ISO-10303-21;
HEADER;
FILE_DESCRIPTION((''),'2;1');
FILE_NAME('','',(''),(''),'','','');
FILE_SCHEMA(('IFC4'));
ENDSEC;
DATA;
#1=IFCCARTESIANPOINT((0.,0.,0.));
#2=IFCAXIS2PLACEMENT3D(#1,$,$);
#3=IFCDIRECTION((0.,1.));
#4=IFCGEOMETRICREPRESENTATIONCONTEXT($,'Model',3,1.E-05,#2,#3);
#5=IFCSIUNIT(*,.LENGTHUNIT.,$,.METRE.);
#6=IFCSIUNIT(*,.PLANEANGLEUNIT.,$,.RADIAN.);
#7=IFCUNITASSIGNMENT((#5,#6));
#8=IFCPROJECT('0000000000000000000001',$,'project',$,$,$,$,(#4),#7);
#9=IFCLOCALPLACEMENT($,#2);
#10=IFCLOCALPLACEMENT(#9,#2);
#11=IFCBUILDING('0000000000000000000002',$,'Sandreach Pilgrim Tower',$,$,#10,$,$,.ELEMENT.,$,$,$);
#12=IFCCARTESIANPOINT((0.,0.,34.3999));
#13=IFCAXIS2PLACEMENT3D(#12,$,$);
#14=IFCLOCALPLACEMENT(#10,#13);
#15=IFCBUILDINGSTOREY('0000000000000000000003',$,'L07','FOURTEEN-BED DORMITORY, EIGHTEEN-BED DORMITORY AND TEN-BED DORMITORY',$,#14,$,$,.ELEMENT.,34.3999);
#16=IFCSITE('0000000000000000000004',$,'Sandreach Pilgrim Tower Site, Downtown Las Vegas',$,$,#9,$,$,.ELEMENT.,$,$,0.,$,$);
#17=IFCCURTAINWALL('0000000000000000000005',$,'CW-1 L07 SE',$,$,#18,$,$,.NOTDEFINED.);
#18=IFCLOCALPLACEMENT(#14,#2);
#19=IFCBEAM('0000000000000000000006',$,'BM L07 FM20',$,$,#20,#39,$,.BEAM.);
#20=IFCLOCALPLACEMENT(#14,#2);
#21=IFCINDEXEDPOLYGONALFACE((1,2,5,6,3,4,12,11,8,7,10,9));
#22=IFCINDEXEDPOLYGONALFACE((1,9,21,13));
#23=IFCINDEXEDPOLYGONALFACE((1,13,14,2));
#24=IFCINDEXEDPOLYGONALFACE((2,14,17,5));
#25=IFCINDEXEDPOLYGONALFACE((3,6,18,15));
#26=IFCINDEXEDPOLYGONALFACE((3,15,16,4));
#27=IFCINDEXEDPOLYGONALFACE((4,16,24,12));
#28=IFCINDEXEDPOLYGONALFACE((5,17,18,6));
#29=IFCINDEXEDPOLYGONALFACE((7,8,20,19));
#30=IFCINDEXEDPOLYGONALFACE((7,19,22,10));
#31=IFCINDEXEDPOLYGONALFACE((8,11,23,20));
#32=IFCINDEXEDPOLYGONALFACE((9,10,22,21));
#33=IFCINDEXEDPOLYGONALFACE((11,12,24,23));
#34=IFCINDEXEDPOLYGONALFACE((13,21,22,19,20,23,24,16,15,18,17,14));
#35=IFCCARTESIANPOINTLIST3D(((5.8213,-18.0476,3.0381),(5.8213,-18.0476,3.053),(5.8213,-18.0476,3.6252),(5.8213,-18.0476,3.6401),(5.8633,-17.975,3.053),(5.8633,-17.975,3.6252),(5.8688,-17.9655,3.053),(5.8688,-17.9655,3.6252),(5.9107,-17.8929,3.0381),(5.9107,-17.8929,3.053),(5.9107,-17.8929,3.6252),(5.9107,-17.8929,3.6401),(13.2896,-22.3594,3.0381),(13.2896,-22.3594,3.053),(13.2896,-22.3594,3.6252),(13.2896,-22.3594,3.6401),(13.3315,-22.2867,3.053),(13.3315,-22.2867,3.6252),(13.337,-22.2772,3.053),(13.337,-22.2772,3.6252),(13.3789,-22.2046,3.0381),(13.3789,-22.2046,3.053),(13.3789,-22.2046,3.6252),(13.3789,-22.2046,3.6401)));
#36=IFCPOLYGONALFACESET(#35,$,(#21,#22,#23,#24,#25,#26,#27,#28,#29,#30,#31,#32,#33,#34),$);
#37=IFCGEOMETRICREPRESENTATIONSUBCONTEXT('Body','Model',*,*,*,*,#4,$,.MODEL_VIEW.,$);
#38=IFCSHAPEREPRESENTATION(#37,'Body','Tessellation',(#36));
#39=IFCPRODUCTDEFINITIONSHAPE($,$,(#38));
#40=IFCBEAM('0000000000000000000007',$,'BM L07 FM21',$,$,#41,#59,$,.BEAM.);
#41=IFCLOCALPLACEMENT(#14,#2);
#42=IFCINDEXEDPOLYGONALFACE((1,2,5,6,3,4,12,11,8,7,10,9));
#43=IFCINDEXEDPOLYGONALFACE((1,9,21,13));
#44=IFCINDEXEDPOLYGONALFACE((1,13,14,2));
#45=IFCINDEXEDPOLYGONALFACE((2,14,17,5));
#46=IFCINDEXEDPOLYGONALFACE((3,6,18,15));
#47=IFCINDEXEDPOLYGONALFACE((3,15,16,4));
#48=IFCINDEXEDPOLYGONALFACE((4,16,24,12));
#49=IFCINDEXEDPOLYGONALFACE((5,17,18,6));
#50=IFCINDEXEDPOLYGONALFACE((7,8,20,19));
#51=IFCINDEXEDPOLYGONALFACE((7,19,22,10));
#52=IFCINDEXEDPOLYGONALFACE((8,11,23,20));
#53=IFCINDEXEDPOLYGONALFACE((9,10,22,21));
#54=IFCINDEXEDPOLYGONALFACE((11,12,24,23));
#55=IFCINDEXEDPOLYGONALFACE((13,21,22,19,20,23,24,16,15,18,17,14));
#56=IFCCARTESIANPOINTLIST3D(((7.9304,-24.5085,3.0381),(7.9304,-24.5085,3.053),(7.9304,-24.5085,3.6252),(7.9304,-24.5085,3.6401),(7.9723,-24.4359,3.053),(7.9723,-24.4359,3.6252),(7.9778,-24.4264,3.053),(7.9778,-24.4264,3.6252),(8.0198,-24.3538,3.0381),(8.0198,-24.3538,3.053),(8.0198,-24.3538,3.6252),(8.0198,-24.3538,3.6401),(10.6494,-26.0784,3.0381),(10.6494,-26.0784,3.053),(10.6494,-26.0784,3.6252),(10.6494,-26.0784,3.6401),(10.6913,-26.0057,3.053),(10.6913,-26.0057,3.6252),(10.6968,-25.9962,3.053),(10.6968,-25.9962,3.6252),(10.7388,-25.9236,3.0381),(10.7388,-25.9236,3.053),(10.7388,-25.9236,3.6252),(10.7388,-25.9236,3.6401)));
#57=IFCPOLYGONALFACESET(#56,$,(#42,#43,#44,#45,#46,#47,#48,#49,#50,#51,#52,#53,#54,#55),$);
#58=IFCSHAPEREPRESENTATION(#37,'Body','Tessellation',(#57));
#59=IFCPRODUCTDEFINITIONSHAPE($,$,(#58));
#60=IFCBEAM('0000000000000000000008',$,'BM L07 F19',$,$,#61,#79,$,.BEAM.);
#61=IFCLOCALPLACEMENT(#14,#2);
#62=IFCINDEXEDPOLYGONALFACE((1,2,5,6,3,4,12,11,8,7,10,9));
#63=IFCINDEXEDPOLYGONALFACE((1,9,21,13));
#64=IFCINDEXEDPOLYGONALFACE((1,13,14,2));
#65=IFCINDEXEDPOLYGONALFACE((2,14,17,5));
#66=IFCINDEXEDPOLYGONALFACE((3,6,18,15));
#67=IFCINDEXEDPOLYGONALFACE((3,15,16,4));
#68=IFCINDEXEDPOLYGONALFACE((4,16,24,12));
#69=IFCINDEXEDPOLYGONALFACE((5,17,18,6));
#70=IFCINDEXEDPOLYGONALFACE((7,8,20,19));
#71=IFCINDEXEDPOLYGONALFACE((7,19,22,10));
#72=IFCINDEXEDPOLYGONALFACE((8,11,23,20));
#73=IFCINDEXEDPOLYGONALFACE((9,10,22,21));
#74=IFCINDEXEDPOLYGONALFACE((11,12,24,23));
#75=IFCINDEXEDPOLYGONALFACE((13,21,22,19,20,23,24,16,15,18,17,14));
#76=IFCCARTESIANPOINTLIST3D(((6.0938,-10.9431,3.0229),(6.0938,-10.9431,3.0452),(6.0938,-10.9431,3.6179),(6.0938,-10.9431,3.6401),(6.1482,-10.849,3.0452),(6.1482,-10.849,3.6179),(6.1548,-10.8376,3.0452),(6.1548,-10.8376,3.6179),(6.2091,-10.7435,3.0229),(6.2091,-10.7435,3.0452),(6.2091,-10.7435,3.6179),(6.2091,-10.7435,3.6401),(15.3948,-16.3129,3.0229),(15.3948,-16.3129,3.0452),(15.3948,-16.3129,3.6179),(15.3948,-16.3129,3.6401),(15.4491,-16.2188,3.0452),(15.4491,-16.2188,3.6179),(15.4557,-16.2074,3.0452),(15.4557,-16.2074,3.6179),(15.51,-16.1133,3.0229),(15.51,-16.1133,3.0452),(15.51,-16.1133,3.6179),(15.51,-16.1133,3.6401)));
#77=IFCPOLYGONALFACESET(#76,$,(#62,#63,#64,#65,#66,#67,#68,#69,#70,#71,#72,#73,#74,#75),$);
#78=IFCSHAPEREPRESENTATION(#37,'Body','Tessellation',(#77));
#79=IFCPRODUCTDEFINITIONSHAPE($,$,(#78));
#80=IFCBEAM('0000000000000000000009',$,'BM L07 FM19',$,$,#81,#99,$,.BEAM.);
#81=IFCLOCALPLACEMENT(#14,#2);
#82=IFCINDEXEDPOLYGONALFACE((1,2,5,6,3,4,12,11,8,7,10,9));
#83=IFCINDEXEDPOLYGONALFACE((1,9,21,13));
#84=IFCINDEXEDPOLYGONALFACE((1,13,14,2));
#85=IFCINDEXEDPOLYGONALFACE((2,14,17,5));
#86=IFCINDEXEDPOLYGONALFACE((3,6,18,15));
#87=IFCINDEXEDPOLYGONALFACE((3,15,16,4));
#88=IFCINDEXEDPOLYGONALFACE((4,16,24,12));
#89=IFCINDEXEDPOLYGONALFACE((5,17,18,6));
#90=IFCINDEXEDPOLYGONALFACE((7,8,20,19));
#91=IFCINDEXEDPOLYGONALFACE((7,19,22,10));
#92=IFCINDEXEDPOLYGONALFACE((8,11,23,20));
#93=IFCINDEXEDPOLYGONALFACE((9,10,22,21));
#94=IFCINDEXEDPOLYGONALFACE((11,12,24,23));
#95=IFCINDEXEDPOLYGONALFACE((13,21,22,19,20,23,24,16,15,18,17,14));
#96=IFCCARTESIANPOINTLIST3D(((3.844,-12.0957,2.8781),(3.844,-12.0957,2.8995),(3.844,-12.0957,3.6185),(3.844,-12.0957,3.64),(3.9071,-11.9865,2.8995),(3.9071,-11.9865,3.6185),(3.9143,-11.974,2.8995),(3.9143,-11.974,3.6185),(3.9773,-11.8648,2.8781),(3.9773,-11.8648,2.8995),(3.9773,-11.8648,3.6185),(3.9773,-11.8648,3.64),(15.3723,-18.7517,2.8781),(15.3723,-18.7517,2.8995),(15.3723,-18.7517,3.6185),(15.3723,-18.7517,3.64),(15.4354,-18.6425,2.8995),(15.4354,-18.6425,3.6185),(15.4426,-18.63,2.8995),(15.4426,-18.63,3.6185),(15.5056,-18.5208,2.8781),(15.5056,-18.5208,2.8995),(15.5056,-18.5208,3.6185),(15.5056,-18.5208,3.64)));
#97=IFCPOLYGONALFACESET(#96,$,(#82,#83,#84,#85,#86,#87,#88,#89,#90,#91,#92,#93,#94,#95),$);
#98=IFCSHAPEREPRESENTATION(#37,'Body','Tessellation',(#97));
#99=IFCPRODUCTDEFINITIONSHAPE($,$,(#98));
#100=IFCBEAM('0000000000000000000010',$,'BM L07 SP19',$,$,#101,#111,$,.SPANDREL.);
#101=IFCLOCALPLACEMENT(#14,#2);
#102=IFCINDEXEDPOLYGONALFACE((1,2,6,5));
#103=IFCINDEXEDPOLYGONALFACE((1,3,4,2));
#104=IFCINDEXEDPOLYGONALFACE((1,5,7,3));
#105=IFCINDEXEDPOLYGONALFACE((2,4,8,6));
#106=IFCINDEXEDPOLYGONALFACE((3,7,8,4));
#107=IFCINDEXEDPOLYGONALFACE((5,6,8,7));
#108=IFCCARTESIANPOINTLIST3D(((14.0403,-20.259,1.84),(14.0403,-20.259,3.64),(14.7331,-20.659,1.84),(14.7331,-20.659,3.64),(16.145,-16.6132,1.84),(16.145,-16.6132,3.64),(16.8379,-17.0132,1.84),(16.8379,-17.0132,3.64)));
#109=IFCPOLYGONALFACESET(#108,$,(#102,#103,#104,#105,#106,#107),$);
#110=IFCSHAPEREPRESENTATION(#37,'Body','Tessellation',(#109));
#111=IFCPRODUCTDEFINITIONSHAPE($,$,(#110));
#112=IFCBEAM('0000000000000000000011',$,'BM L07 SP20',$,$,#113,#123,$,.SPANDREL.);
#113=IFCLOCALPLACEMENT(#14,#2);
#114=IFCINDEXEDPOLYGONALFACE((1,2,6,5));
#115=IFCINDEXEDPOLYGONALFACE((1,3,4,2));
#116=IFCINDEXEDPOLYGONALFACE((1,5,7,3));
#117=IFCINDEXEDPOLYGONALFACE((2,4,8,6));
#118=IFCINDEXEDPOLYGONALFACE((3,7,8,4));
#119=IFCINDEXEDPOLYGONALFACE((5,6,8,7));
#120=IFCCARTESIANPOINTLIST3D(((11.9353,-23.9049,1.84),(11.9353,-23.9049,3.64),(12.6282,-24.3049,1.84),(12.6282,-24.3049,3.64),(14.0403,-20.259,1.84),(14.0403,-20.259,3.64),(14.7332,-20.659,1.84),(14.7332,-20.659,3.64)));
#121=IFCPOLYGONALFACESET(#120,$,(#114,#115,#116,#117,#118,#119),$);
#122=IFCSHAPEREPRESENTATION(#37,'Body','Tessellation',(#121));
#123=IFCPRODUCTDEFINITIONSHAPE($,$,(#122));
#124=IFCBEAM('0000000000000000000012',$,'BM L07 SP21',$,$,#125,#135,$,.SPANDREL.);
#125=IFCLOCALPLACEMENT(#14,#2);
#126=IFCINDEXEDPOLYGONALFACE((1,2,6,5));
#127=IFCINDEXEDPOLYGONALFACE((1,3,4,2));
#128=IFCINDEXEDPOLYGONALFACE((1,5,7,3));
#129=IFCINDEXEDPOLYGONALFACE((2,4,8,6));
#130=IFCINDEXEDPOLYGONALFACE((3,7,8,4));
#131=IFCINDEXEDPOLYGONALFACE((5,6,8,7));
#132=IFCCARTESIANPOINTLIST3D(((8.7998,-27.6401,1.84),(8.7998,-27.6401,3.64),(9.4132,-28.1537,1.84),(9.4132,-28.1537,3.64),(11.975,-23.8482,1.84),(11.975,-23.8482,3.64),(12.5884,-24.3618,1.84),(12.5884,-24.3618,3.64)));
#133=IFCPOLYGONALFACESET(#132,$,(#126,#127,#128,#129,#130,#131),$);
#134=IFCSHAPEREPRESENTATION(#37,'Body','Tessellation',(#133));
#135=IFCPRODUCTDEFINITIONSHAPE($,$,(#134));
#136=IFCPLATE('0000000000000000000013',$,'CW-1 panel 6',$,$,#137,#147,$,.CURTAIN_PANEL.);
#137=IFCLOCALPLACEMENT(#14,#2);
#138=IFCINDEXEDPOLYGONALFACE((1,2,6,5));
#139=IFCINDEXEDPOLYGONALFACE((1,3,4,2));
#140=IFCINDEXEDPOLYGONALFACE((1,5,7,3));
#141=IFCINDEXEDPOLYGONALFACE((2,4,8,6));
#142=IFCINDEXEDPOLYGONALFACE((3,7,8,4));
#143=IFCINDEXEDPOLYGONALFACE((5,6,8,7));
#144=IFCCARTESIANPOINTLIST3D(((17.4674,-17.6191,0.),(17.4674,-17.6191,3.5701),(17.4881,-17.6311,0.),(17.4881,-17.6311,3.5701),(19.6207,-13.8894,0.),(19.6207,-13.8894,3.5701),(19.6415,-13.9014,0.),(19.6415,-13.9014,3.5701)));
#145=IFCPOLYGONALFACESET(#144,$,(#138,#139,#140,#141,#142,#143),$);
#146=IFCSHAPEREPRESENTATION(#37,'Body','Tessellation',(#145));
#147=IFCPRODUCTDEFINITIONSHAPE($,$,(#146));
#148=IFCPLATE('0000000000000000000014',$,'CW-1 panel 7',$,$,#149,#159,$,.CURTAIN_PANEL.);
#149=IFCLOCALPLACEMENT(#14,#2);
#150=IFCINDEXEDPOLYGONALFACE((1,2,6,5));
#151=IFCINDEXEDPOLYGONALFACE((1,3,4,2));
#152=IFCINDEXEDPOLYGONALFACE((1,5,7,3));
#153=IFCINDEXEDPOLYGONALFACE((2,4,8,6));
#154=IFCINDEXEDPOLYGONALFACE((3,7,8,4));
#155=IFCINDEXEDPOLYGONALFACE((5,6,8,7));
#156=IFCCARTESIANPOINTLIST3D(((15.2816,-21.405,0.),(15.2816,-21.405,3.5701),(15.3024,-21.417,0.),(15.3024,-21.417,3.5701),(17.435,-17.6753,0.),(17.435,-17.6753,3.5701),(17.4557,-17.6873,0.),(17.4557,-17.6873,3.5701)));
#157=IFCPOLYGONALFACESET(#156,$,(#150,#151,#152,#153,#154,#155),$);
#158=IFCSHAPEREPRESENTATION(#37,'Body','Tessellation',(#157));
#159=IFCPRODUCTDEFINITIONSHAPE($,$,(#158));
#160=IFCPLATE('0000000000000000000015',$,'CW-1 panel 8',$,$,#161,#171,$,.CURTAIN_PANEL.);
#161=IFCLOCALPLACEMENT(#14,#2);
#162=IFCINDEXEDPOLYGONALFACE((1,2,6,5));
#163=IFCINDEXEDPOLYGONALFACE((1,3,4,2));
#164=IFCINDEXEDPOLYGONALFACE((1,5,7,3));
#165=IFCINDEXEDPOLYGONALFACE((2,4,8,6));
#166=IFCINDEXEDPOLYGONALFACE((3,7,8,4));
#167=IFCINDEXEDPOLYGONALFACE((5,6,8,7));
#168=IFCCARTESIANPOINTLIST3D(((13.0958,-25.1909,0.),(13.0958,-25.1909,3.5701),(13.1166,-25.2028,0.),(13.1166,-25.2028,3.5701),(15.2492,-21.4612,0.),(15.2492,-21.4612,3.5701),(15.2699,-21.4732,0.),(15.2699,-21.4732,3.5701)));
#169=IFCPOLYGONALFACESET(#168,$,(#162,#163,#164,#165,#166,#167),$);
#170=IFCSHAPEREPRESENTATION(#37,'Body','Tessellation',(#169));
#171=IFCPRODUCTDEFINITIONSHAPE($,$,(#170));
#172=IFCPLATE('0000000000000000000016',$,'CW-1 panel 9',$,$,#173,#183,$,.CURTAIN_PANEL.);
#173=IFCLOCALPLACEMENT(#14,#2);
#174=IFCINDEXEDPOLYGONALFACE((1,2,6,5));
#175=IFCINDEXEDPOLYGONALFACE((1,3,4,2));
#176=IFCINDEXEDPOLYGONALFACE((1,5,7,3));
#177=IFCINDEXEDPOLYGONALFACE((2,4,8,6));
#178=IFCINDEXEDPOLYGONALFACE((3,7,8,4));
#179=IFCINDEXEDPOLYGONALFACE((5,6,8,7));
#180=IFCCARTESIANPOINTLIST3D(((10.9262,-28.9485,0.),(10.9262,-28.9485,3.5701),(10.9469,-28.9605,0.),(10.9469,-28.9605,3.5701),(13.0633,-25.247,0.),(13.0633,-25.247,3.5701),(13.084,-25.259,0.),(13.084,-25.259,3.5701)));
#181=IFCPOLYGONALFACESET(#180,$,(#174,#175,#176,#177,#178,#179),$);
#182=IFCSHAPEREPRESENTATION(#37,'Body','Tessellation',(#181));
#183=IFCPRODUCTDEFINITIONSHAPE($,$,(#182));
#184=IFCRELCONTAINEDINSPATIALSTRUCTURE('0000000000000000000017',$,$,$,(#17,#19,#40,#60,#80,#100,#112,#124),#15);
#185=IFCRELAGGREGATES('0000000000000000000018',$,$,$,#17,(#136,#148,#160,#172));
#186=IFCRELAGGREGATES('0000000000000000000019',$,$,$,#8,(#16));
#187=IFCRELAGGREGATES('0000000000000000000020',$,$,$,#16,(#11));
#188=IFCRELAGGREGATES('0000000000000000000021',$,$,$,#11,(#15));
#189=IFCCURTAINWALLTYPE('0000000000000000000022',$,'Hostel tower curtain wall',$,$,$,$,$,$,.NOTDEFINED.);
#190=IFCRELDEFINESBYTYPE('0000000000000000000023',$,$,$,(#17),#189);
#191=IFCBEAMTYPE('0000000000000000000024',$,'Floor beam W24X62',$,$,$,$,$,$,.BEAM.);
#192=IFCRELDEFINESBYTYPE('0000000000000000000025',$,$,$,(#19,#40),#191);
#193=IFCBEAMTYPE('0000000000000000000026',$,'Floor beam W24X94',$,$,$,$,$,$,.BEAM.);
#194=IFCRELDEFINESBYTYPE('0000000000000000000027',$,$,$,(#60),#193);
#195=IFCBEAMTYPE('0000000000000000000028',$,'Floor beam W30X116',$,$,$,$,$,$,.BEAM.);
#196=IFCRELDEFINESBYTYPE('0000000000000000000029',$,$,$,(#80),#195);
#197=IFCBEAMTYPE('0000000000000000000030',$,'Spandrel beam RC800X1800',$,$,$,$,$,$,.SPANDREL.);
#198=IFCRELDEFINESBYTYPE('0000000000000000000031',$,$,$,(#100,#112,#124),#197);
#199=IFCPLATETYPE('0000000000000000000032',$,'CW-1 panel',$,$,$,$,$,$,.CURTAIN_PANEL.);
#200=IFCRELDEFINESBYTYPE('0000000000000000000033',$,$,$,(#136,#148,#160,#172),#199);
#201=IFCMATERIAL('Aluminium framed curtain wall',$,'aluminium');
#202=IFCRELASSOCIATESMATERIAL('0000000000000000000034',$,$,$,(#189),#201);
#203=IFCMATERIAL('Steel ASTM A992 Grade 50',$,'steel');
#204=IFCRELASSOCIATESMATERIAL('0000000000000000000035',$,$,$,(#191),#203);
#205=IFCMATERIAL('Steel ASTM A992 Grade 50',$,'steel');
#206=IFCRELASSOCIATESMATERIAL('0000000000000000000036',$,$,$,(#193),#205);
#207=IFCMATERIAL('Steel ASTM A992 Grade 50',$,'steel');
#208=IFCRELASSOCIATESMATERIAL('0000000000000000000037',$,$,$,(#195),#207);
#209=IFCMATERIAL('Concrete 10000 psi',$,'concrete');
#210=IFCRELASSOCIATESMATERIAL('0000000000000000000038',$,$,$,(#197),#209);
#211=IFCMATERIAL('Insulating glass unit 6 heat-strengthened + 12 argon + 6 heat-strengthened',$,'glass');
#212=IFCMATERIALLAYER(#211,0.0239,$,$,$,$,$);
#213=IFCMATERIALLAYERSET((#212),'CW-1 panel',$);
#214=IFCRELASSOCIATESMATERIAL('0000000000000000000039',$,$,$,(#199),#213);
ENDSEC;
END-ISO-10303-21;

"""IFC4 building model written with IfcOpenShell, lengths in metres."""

from ifc_helpers import new_model, si_unit, direction, frame, origin, origin_2d, place, context, subcontext, project, spatial, rectangle, i_section, extrude, material, layer, layer_set, material_profile, profile_set, type_object, element, aggregate, save


model = new_model("IFC4")

# Units and contexts
model_context = context("Model", 3, precision=1e-05, world=origin(), true_north=direction((0.0, 1.0)))
body_context = subcontext(model_context, "Body", "Model", "MODEL_VIEW")
ifc_project = project(units=[si_unit("LENGTHUNIT", "METRE"), si_unit("PLANEANGLEUNIT", "RADIAN")], contexts=[model_context])

# Site, building, storey
site_placement = place(None, origin())
site = spatial("IfcSite", under=ifc_project, at=site_placement, Name="Sandreach Pilgrim Tower Site, Downtown Las Vegas", CompositionType="ELEMENT", RefElevation=0.0)
building_placement = place(site_placement, origin())
building = spatial("IfcBuilding", under=site, at=building_placement, Name="Sandreach Pilgrim Tower", CompositionType="ELEMENT")
storey_placement = place(building_placement, frame((0.0, 0.0, 34.3999)))
storey = spatial("IfcBuildingStorey", under=building, at=storey_placement, Name="L07", Description="FOURTEEN-BED DORMITORY, EIGHTEEN-BED DORMITORY AND TEN-BED DORMITORY", CompositionType="ELEMENT", Elevation=34.3999)

# Curtain wall
ifc_material_1 = material(Name="Aluminium framed curtain wall", Category="aluminium")
curtain_wall_type = type_object("IfcCurtainWallType", Name="Hostel tower curtain wall", PredefinedType="NOTDEFINED", material=ifc_material_1)
curtain_wall_placement = place(storey_placement, origin())
curtain_wall = element("IfcCurtainWall", 1, at=curtain_wall_placement, inside=storey, type_object=curtain_wall_type, Name="CW-1 L07 SE", PredefinedType="NOTDEFINED")

# Beams
ifc_material_2 = material(Name="Steel ASTM A992 Grade 50", Category="steel")
ifc_material_profile_1 = material_profile(ifc_material_2, i_section(OverallWidth=0.1787, OverallDepth=0.6021, WebThickness=0.011, FlangeThickness=0.0149, at=origin_2d()), Name="W24X62")
ifc_profile_set_1 = profile_set([ifc_material_profile_1], Name="Steel ASTM A992 Grade 50")
beam_type_1 = type_object("IfcBeamType", Name="Floor beam W24X62", PredefinedType="BEAM", material=ifc_profile_set_1)
beam_1_placement = place(storey_placement, frame((13.3342, -22.282, 3.3391), z_axis=(-0.866027, 0.499997, 0.0), x_axis=(-0.499997, -0.866027, 0.0)))
element("IfcBeam", 2, at=beam_1_placement, inside=storey, type_object=beam_type_1, Name="BM L07 FM20", PredefinedType="BEAM", context=body_context, shape_type="SweptSolid", body=[
    extrude(i_section(OverallWidth=0.1787, OverallDepth=0.6021, WebThickness=0.011, FlangeThickness=0.0149, at=origin_2d()), origin(), (0.0, 0.0, 1.0), 8.6235),
])
beam_2_placement = place(storey_placement, frame((10.6941, -26.001, 3.3391), z_axis=(-0.866024, 0.500003, 0.0), x_axis=(-0.500003, -0.866024, 0.0)))
element("IfcBeam", 3, at=beam_2_placement, inside=storey, type_object=beam_type_1, Name="BM L07 FM21", PredefinedType="BEAM", context=body_context, shape_type="SweptSolid", body=[
    extrude(i_section(OverallWidth=0.1787, OverallDepth=0.6021, WebThickness=0.011, FlangeThickness=0.0149, at=origin_2d()), origin(), (0.0, 0.0, 1.0), 3.1396),
])
ifc_material_3 = material(Name="Steel ASTM A992 Grade 50", Category="steel")
ifc_material_profile_2 = material_profile(ifc_material_3, i_section(OverallWidth=0.2305, OverallDepth=0.6172, WebThickness=0.0132, FlangeThickness=0.0222, at=origin_2d()), Name="W24X94")
ifc_profile_set_2 = profile_set([ifc_material_profile_2], Name="Steel ASTM A992 Grade 50")
beam_type_2 = type_object("IfcBeamType", Name="Floor beam W24X94", PredefinedType="BEAM", material=ifc_profile_set_2)
beam_3_placement = place(storey_placement, frame((15.4524, -16.2131, 3.3315), z_axis=(-0.866028, 0.499995, 0.0), x_axis=(-0.499995, -0.866028, 0.0)))
element("IfcBeam", 4, at=beam_3_placement, inside=storey, type_object=beam_type_2, Name="BM L07 F19", PredefinedType="BEAM", context=body_context, shape_type="SweptSolid", body=[
    extrude(i_section(OverallWidth=0.2305, OverallDepth=0.6172, WebThickness=0.0132, FlangeThickness=0.0222, at=origin_2d()), origin(), (0.0, 0.0, 1.0), 10.7397),
])
ifc_material_4 = material(Name="Steel ASTM A992 Grade 50", Category="steel")
ifc_material_profile_3 = material_profile(ifc_material_4, i_section(OverallWidth=0.2666, OverallDepth=0.762, WebThickness=0.0144, FlangeThickness=0.0215, at=origin_2d()), Name="W30X116")
ifc_profile_set_3 = profile_set([ifc_material_profile_3], Name="Steel ASTM A992 Grade 50")
beam_type_3 = type_object("IfcBeamType", Name="Floor beam W30X116", PredefinedType="BEAM", material=ifc_profile_set_3)
beam_4_placement = place(storey_placement, frame((15.439, -18.6362, 3.259), z_axis=(-0.866021, 0.500007, 0.0), x_axis=(-0.500007, -0.866021, 0.0)))
element("IfcBeam", 5, at=beam_4_placement, inside=storey, type_object=beam_type_3, Name="BM L07 FM19", PredefinedType="BEAM", context=body_context, shape_type="SweptSolid", body=[
    extrude(i_section(OverallWidth=0.2666, OverallDepth=0.762, WebThickness=0.0144, FlangeThickness=0.0215, at=origin_2d()), origin(), (0.0, 0.0, 1.0), 13.3118),
])
ifc_material_5 = material(Name="Concrete 10000 psi", Category="concrete")
ifc_material_profile_4 = material_profile(ifc_material_5, rectangle(XDim=0.8, YDim=1.8, at=origin_2d()), Name="RC800X1800")
ifc_profile_set_4 = profile_set([ifc_material_profile_4], Name="Concrete 10000 psi")
beam_type_4 = type_object("IfcBeamType", Name="Spandrel beam RC800X1800", PredefinedType="SPANDREL", material=ifc_profile_set_4)
beam_5_placement = place(storey_placement, frame((16.4915, -16.8132, 2.74), z_axis=(-0.499975, -0.86604, 0.0), x_axis=(0.86604, -0.499975, 0.0)))
element("IfcBeam", 6, at=beam_5_placement, inside=storey, type_object=beam_type_4, Name="BM L07 SP19", PredefinedType="SPANDREL", context=body_context, shape_type="SweptSolid", body=[
    extrude(rectangle(XDim=0.8, YDim=1.8, at=origin_2d()), origin(), (0.0, 0.0, 1.0), 4.2097),
])
beam_6_placement = place(storey_placement, frame((14.3867, -20.459, 2.74), z_axis=(-0.499994, -0.866029, 0.0), x_axis=(0.866029, -0.499994, 0.0)))
element("IfcBeam", 7, at=beam_6_placement, inside=storey, type_object=beam_type_4, Name="BM L07 SP20", PredefinedType="SPANDREL", context=body_context, shape_type="SweptSolid", body=[
    extrude(rectangle(XDim=0.8, YDim=1.8, at=origin_2d()), origin(), (0.0, 0.0, 1.0), 4.21),
])
beam_7_placement = place(storey_placement, frame((12.2817, -24.105, 2.74), z_axis=(-0.642008, -0.766698, 0.0), x_axis=(0.766698, -0.642008, 0.0)))
element("IfcBeam", 8, at=beam_7_placement, inside=storey, type_object=beam_type_4, Name="BM L07 SP21", PredefinedType="SPANDREL", context=body_context, shape_type="SweptSolid", body=[
    extrude(rectangle(XDim=0.8, YDim=1.8, at=origin_2d()), origin(), (0.0, 0.0, 1.0), 4.9458),
])

# Plates
ifc_material_6 = material(Name="Insulating glass unit 6 heat-strengthened + 12 argon + 6 heat-strengthened", Category="glass")
ifc_layer_1 = layer(ifc_material_6, 0.0239)
ifc_layer_set_1 = layer_set([ifc_layer_1], Name="CW-1 panel")
plate_type = type_object("IfcPlateType", Name="CW-1 panel", PredefinedType="CURTAIN_PANEL", material=ifc_layer_set_1)
plate_1_placement = place(storey_placement, frame((18.5544, -15.7603, 0.0), z_axis=(0.0, 0.0, 1.0), x_axis=(-0.5, -0.866025, 0.0)))
plate_1 = element("IfcPlate", 9, at=plate_1_placement, type_object=plate_type, Name="CW-1 panel 6", PredefinedType="CURTAIN_PANEL", context=body_context, shape_type="SweptSolid", body=[
    extrude(rectangle(XDim=4.3066, YDim=0.0239, at=origin_2d()), origin(), (0.0, 0.0, 1.0), 3.5701),
])
plate_2_placement = place(storey_placement, frame((16.3687, -19.5461, 0.0), z_axis=(0.0, 0.0, 1.0), x_axis=(-0.5, -0.866025, 0.0)))
plate_2 = element("IfcPlate", 10, at=plate_2_placement, type_object=plate_type, Name="CW-1 panel 7", PredefinedType="CURTAIN_PANEL", context=body_context, shape_type="SweptSolid", body=[
    extrude(rectangle(XDim=4.3066, YDim=0.0239, at=origin_2d()), origin(), (0.0, 0.0, 1.0), 3.5701),
])
plate_3_placement = place(storey_placement, frame((14.1829, -23.332, 0.0), z_axis=(0.0, 0.0, 1.0), x_axis=(-0.5, -0.866025, 0.0)))
plate_3 = element("IfcPlate", 11, at=plate_3_placement, type_object=plate_type, Name="CW-1 panel 8", PredefinedType="CURTAIN_PANEL", context=body_context, shape_type="SweptSolid", body=[
    extrude(rectangle(XDim=4.3066, YDim=0.0239, at=origin_2d()), origin(), (0.0, 0.0, 1.0), 3.5701),
])
plate_4_placement = place(storey_placement, frame((12.0051, -27.1038, 0.0), z_axis=(0.0, 0.0, 1.0), x_axis=(-0.5, -0.866025, 0.0)))
plate_4 = element("IfcPlate", 12, at=plate_4_placement, type_object=plate_type, Name="CW-1 panel 9", PredefinedType="CURTAIN_PANEL", context=body_context, shape_type="SweptSolid", body=[
    extrude(rectangle(XDim=4.2742, YDim=0.0239, at=origin_2d()), origin(), (0.0, 0.0, 1.0), 3.5701),
])
aggregate(curtain_wall, [plate_1, plate_2, plate_3, plate_4])

save(model, "model.ifc")
